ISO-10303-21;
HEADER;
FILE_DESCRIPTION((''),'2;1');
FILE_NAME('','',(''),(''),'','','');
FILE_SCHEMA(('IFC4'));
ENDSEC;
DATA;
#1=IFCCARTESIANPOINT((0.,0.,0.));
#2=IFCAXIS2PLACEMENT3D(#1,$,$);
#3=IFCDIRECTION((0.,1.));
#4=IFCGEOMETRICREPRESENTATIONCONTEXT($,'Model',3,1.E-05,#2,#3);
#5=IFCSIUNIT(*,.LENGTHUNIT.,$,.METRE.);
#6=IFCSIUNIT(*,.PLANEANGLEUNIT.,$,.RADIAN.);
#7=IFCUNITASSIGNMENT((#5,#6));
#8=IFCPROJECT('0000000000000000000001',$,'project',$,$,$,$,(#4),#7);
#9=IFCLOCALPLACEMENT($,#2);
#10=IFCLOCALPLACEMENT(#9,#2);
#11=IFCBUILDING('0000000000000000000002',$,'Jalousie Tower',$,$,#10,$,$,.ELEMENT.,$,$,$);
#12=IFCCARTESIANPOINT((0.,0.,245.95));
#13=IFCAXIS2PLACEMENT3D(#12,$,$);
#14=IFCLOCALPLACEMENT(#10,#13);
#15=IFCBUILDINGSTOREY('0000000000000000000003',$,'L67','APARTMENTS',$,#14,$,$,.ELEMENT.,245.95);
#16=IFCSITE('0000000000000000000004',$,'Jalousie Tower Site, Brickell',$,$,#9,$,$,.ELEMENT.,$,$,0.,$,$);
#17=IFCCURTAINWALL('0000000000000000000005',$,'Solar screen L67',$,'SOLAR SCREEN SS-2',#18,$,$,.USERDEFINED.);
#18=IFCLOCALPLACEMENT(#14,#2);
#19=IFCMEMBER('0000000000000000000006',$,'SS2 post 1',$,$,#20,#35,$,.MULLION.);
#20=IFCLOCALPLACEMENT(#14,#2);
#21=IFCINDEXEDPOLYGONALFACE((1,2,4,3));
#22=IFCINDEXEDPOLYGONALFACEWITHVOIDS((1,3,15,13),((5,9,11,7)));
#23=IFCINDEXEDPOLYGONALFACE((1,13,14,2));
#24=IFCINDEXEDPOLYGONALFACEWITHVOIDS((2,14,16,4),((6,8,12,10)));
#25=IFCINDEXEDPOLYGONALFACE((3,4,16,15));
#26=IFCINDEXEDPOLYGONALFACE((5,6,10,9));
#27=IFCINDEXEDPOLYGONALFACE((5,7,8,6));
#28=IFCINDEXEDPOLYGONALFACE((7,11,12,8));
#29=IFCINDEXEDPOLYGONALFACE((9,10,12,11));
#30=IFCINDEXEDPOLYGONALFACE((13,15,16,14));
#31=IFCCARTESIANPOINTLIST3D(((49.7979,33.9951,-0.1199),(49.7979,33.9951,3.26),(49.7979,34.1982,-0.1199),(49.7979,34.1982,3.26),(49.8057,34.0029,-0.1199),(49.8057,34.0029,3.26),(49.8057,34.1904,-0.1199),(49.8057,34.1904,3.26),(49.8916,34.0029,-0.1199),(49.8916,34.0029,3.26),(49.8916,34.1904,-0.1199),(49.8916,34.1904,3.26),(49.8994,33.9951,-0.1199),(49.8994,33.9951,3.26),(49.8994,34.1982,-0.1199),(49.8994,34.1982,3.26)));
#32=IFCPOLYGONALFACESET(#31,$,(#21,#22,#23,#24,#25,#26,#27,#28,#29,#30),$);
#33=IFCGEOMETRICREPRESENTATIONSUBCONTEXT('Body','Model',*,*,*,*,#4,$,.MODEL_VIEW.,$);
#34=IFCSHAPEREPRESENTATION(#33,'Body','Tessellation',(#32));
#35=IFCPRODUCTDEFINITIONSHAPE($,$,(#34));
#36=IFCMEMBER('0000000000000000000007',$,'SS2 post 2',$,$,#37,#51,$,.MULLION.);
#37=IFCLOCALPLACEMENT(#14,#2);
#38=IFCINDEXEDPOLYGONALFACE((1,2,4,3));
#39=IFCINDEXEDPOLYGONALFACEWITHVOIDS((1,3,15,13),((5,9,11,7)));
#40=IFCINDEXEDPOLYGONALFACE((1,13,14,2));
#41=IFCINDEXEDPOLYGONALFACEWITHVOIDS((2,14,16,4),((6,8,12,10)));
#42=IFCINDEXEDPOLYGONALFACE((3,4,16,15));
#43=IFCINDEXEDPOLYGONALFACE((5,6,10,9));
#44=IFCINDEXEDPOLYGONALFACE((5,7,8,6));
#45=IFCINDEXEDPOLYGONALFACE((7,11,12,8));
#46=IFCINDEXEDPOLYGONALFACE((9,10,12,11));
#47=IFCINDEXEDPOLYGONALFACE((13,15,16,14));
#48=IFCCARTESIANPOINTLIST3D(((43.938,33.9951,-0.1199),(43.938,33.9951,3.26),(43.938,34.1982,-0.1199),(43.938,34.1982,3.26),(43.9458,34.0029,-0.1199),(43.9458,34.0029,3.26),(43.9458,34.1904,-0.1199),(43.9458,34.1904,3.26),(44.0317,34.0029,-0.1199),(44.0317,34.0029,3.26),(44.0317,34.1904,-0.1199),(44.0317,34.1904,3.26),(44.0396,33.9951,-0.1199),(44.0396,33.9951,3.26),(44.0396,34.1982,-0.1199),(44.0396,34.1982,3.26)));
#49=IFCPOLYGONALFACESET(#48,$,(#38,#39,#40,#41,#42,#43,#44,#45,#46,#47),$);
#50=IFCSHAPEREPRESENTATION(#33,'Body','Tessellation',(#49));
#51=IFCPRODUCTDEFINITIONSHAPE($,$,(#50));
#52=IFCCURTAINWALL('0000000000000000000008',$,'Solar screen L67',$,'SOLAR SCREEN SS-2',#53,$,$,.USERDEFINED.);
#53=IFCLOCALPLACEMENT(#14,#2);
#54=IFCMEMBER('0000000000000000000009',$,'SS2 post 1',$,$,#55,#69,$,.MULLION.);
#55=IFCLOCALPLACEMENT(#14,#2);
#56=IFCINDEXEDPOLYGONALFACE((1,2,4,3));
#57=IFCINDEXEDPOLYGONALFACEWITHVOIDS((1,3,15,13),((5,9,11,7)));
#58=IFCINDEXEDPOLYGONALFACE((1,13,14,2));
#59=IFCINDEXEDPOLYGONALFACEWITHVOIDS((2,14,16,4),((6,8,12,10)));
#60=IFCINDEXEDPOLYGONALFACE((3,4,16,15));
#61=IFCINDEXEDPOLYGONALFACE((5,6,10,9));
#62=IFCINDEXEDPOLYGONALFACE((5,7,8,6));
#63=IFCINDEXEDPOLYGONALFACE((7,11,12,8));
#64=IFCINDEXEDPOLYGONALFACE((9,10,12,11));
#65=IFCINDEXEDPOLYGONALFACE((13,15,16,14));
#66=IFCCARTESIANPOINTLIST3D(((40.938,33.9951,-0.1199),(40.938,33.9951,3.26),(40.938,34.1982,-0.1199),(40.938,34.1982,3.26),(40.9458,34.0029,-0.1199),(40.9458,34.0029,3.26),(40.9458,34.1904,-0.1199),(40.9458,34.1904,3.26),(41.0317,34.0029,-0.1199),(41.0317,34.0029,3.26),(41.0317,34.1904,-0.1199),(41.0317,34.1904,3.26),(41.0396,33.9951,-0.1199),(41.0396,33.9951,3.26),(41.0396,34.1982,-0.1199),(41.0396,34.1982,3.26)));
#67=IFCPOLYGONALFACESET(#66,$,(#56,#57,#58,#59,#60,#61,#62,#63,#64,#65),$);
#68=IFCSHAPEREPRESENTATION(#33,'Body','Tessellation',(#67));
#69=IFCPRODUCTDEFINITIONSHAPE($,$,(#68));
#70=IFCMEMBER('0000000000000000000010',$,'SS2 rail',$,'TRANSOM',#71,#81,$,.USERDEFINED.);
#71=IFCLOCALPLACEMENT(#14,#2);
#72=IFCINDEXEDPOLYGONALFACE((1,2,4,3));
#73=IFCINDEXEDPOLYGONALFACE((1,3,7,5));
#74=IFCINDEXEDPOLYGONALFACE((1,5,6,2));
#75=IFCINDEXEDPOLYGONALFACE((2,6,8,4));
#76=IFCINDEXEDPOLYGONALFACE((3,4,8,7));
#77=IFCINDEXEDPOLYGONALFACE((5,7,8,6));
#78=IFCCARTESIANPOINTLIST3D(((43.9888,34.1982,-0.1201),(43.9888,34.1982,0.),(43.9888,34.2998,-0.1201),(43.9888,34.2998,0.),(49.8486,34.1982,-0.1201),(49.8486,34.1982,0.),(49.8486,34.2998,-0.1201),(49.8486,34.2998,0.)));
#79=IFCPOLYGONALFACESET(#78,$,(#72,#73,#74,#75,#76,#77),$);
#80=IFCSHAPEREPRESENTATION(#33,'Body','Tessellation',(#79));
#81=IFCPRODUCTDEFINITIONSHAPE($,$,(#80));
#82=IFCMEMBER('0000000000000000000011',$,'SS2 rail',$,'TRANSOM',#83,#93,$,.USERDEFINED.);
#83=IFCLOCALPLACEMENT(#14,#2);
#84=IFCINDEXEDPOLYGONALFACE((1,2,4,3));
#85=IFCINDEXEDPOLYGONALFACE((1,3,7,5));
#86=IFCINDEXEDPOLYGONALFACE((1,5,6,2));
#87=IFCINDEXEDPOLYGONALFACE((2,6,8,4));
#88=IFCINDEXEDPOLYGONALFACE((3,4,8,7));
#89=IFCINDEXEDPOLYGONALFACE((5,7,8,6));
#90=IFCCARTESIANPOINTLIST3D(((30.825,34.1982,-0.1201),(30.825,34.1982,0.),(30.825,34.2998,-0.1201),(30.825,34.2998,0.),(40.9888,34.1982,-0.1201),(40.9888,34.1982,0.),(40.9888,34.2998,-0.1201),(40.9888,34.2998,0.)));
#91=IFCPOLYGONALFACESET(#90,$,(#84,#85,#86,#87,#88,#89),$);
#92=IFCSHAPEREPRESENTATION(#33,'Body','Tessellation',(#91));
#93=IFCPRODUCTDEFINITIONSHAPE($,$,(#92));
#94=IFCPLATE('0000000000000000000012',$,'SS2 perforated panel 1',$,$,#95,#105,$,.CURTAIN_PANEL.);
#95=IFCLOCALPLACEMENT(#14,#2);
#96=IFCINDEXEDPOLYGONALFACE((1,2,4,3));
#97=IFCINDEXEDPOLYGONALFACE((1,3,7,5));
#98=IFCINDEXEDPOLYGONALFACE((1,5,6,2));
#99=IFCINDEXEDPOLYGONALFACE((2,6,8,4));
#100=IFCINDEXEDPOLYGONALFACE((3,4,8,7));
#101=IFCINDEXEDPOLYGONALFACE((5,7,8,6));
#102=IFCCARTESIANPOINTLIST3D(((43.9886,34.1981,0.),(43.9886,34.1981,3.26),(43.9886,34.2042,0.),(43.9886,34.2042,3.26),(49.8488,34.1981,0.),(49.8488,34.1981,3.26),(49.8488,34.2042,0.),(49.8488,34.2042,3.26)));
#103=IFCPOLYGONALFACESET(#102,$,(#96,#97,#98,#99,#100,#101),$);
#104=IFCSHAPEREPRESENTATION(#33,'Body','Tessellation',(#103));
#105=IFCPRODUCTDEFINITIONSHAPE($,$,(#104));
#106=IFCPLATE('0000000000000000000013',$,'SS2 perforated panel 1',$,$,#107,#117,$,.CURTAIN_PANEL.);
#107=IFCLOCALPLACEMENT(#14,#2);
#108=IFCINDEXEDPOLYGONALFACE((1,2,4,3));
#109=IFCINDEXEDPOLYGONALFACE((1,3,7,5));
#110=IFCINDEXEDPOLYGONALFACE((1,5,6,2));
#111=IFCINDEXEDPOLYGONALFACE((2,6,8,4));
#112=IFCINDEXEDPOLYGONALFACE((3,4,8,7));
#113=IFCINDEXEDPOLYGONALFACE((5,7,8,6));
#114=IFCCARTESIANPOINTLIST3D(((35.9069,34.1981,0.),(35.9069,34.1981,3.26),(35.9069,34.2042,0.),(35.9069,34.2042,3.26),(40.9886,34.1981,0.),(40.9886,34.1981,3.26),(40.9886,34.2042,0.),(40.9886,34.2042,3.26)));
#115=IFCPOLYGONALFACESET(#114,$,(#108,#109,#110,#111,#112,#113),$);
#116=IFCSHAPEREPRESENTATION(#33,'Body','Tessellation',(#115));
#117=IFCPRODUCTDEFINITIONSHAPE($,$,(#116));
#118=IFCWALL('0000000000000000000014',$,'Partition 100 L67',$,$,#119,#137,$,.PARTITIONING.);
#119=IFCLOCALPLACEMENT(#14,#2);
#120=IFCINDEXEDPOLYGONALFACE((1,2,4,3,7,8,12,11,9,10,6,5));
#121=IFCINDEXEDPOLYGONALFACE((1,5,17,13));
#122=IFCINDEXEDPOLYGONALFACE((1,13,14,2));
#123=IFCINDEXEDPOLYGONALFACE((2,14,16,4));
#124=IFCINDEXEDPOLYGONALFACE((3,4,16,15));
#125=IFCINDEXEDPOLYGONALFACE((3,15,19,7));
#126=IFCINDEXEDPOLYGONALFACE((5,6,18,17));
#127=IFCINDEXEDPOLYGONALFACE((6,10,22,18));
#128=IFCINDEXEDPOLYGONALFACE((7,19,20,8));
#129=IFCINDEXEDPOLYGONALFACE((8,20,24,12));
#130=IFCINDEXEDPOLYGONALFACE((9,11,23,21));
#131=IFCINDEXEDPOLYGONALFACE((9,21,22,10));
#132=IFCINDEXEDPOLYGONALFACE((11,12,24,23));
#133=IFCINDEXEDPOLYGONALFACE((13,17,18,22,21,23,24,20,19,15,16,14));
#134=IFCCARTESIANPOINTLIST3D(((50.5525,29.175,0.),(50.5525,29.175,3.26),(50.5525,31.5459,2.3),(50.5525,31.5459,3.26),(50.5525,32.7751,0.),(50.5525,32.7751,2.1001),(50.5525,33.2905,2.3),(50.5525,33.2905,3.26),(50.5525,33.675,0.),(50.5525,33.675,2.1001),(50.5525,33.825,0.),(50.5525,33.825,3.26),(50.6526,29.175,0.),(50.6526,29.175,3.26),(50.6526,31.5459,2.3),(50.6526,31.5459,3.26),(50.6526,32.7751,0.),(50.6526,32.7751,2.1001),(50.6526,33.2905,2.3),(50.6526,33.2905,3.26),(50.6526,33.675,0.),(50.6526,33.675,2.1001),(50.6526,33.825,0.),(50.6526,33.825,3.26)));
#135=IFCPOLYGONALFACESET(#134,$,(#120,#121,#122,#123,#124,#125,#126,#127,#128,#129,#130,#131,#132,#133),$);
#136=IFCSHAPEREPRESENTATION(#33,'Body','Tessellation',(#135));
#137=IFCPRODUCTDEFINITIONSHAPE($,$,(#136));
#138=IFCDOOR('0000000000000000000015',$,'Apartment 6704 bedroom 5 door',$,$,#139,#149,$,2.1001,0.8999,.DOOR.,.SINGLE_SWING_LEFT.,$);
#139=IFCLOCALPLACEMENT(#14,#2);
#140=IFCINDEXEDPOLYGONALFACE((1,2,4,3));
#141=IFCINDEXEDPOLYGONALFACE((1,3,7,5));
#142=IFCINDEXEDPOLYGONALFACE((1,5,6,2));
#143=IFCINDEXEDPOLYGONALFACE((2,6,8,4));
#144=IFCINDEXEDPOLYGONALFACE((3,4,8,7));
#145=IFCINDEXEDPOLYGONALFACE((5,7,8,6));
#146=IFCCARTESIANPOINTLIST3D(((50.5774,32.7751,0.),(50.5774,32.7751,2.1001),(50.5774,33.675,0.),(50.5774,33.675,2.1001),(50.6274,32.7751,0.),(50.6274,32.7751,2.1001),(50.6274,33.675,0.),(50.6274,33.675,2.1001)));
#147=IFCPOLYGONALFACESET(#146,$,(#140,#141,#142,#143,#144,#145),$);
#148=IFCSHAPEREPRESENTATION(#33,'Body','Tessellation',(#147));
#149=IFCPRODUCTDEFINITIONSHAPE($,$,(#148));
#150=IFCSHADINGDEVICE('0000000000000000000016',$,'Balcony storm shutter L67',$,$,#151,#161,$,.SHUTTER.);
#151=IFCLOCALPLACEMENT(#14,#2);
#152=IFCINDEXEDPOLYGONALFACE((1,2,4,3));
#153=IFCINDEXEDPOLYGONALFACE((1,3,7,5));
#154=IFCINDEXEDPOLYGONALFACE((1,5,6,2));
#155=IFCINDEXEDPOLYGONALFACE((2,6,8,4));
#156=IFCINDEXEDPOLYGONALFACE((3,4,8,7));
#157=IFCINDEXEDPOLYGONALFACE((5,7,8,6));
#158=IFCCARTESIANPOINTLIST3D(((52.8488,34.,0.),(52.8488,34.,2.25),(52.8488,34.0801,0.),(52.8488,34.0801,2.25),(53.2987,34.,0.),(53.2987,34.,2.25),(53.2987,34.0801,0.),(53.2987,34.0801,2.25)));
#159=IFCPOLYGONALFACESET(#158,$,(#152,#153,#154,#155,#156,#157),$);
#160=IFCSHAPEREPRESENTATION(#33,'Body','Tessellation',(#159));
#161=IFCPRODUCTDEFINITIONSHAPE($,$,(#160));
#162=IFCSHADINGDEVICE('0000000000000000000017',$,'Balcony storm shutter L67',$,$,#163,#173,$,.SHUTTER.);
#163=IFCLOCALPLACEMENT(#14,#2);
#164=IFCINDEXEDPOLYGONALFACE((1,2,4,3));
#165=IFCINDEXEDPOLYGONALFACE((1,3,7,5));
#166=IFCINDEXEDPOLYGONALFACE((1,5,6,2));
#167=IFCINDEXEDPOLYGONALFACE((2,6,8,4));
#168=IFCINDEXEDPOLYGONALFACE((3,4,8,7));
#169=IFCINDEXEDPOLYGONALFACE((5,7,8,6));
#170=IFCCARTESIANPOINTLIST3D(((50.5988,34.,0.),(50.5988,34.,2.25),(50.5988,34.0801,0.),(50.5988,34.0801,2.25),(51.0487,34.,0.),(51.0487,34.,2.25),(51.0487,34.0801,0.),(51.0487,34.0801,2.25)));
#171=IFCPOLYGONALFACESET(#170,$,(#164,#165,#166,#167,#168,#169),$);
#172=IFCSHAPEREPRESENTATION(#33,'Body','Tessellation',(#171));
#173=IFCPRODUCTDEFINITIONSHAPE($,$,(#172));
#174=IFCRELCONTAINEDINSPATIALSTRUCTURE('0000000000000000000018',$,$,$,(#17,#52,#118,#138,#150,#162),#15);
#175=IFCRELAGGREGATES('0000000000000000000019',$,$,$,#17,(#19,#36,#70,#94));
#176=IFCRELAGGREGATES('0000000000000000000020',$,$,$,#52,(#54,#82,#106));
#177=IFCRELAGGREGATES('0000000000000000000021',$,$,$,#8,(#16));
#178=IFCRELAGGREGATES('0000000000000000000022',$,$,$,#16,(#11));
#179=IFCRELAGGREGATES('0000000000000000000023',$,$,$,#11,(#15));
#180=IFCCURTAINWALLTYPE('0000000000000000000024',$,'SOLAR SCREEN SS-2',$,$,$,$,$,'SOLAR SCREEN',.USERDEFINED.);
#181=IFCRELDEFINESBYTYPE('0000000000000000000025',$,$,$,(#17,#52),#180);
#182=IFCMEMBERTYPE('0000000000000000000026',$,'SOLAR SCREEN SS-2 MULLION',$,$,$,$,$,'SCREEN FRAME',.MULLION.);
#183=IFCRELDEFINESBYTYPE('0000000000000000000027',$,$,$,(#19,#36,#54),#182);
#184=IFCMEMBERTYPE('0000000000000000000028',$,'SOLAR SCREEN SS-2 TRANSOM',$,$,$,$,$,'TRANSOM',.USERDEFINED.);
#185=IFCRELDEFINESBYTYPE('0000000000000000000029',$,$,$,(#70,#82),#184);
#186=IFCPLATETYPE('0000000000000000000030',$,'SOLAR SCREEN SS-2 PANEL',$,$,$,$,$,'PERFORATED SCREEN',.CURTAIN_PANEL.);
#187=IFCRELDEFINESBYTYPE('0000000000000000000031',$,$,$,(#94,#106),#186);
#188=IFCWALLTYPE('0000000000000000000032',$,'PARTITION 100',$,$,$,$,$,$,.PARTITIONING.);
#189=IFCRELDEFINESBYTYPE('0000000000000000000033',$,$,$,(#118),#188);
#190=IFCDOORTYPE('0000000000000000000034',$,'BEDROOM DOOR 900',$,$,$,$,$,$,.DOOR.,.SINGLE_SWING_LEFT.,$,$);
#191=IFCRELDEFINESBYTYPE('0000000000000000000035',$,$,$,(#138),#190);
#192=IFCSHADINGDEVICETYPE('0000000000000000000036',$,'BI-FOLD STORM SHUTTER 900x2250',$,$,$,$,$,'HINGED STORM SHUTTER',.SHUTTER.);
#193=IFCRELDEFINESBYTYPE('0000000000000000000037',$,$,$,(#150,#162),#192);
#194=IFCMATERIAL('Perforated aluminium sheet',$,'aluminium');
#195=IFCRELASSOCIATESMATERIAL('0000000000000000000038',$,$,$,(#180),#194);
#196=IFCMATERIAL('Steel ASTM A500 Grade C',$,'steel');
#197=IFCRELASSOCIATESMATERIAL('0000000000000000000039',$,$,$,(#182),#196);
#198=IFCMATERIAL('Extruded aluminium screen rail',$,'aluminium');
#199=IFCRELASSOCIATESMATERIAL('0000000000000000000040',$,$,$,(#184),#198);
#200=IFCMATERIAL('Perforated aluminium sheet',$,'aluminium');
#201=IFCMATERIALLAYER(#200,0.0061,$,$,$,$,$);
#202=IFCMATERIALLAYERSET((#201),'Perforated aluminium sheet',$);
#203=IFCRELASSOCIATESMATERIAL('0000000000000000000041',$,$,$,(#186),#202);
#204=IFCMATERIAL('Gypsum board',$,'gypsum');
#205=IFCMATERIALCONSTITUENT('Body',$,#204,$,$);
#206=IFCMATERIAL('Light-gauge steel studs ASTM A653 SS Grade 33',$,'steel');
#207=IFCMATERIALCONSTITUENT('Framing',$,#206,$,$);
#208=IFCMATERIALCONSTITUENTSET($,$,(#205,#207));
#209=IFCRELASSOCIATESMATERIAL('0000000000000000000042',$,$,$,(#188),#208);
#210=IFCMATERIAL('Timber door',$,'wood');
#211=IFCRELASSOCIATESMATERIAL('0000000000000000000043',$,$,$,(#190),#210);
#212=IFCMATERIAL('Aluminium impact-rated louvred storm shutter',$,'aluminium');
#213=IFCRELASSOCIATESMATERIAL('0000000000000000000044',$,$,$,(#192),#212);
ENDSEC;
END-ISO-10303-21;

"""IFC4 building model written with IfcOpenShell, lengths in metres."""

from ifc_helpers import new_model, si_unit, direction, frame, frame_2d, origin, origin_2d, place, context, subcontext, project, spatial, polyline, rectangle, hollow_rectangle, outline, extrude, material, layer, layer_set, constituent, constituent_set, material_profile, profile_set, type_object, element, fill, aggregate, save


model = new_model("IFC4")

# Units and contexts
model_context = context("Model", 3, precision=1e-05, world=origin(), true_north=direction((0.0, 1.0)))
body_context = subcontext(model_context, "Body", "Model", "MODEL_VIEW")
ifc_project = project(units=[si_unit("LENGTHUNIT", "METRE"), si_unit("PLANEANGLEUNIT", "RADIAN")], contexts=[model_context])

# Site, building, storey
site_placement = place(None, origin())
site = spatial("IfcSite", under=ifc_project, at=site_placement, Name="Jalousie Tower Site, Brickell", CompositionType="ELEMENT", RefElevation=0.0)
building_placement = place(site_placement, origin())
building = spatial("IfcBuilding", under=site, at=building_placement, Name="Jalousie Tower", CompositionType="ELEMENT")
storey_placement = place(building_placement, frame((0.0, 0.0, 245.95)))
storey = spatial("IfcBuildingStorey", under=building, at=storey_placement, Name="L67", Description="APARTMENTS", CompositionType="ELEMENT", Elevation=245.95)

# Curtain wall, members
ifc_material_1 = material(Name="Perforated aluminium sheet", Category="aluminium")
curtain_wall_type = type_object("IfcCurtainWallType", Name="SOLAR SCREEN SS-2", ElementType="SOLAR SCREEN", PredefinedType="USERDEFINED", material=ifc_material_1)
curtain_wall_1_placement = place(storey_placement, origin())
curtain_wall_1 = element("IfcCurtainWall", 1, at=curtain_wall_1_placement, inside=storey, type_object=curtain_wall_type, Name="Solar screen L67", ObjectType="SOLAR SCREEN SS-2", PredefinedType="USERDEFINED")
ifc_material_2 = material(Name="Steel ASTM A500 Grade C", Category="steel")
ifc_material_profile_1 = material_profile(ifc_material_2, hollow_rectangle(XDim=0.1016, YDim=0.2031, WallThickness=0.0078, at=origin_2d()), Name="HSS8X4X5/16")
ifc_profile_set_1 = profile_set([ifc_material_profile_1], Name="Steel ASTM A500 Grade C")
member_type_1 = type_object("IfcMemberType", Name="SOLAR SCREEN SS-2 MULLION", ElementType="SCREEN FRAME", PredefinedType="MULLION", material=ifc_profile_set_1)
member_1_placement = place(storey_placement, frame((49.8486, 34.0967, -0.1199), z_axis=(0.0, 0.0, 1.0), x_axis=(-1.0, 0.0, 0.0)))
member_1 = element("IfcMember", 2, at=member_1_placement, type_object=member_type_1, Name="SS2 post 1", PredefinedType="MULLION", context=body_context, shape_type="SweptSolid", body=[
    extrude(hollow_rectangle(XDim=0.1016, YDim=0.2031, WallThickness=0.0078, at=origin_2d()), origin(), (0.0, 0.0, 1.0), 3.3799),
])
member_2_placement = place(storey_placement, frame((43.9888, 34.0967, -0.1199), z_axis=(0.0, 0.0, 1.0), x_axis=(-1.0, 0.0, 0.0)))
member_2 = element("IfcMember", 3, at=member_2_placement, type_object=member_type_1, Name="SS2 post 2", PredefinedType="MULLION", context=body_context, shape_type="SweptSolid", body=[
    extrude(hollow_rectangle(XDim=0.1016, YDim=0.2031, WallThickness=0.0078, at=origin_2d()), origin(), (0.0, 0.0, 1.0), 3.3799),
])

# Curtain wall, member
curtain_wall_2_placement = place(storey_placement, origin())
curtain_wall_2 = element("IfcCurtainWall", 4, at=curtain_wall_2_placement, inside=storey, type_object=curtain_wall_type, Name="Solar screen L67", ObjectType="SOLAR SCREEN SS-2", PredefinedType="USERDEFINED")
member_3_placement = place(storey_placement, frame((40.9888, 34.0967, -0.1199), z_axis=(0.0, 0.0, 1.0), x_axis=(-1.0, 0.0, 0.0)))
member_3 = element("IfcMember", 5, at=member_3_placement, type_object=member_type_1, Name="SS2 post 1", PredefinedType="MULLION", context=body_context, shape_type="SweptSolid", body=[
    extrude(hollow_rectangle(XDim=0.1016, YDim=0.2031, WallThickness=0.0078, at=origin_2d()), origin(), (0.0, 0.0, 1.0), 3.3799),
])

# Members
ifc_material_3 = material(Name="Extruded aluminium screen rail", Category="aluminium")
ifc_material_profile_2 = material_profile(ifc_material_3, rectangle(XDim=0.1016, YDim=0.1201, at=origin_2d()), Name="RAIL 102x120")
ifc_profile_set_2 = profile_set([ifc_material_profile_2], Name="Extruded aluminium screen rail")
member_type_2 = type_object("IfcMemberType", Name="SOLAR SCREEN SS-2 TRANSOM", ElementType="TRANSOM", PredefinedType="USERDEFINED", material=ifc_profile_set_2)
member_4_placement = place(storey_placement, frame((49.8486, 34.249, -0.0601), z_axis=(-1.0, 0.0, 0.0), x_axis=(0.0, -1.0, 0.0)))
member_4 = element("IfcMember", 6, at=member_4_placement, type_object=member_type_2, Name="SS2 rail", ObjectType="TRANSOM", PredefinedType="USERDEFINED", context=body_context, shape_type="SweptSolid", body=[
    extrude(rectangle(XDim=0.1016, YDim=0.1201, at=origin_2d()), origin(), (0.0, 0.0, 1.0), 5.8599),
])
member_5_placement = place(storey_placement, frame((40.9888, 34.249, -0.0601), z_axis=(-1.0, 0.0, 0.0), x_axis=(0.0, -1.0, 0.0)))
member_5 = element("IfcMember", 7, at=member_5_placement, type_object=member_type_2, Name="SS2 rail", ObjectType="TRANSOM", PredefinedType="USERDEFINED", context=body_context, shape_type="SweptSolid", body=[
    extrude(rectangle(XDim=0.1016, YDim=0.1201, at=origin_2d()), origin(), (0.0, 0.0, 1.0), 10.1638),
])

# Plates
ifc_material_4 = material(Name="Perforated aluminium sheet", Category="aluminium")
ifc_layer_1 = layer(ifc_material_4, 0.0061)
ifc_layer_set_1 = layer_set([ifc_layer_1], Name="Perforated aluminium sheet")
plate_type = type_object("IfcPlateType", Name="SOLAR SCREEN SS-2 PANEL", ElementType="PERFORATED SCREEN", PredefinedType="CURTAIN_PANEL", material=ifc_layer_set_1)
plate_1_placement = place(storey_placement, frame((46.9187, 34.2012, 0.0), z_axis=(0.0, 0.0, 1.0), x_axis=(-1.0, 0.0, 0.0)))
plate_1 = element("IfcPlate", 8, at=plate_1_placement, type_object=plate_type, Name="SS2 perforated panel 1", PredefinedType="CURTAIN_PANEL", context=body_context, shape_type="SweptSolid", body=[
    extrude(rectangle(XDim=5.8601, YDim=0.0061, at=origin_2d()), origin(), (0.0, 0.0, 1.0), 3.26),
])
aggregate(curtain_wall_1, [member_1, member_2, member_4, plate_1])
plate_2_placement = place(storey_placement, frame((38.4478, 34.2012, 0.0), z_axis=(0.0, 0.0, 1.0), x_axis=(-1.0, 0.0, 0.0)))
plate_2 = element("IfcPlate", 9, at=plate_2_placement, type_object=plate_type, Name="SS2 perforated panel 1", PredefinedType="CURTAIN_PANEL", context=body_context, shape_type="SweptSolid", body=[
    extrude(rectangle(XDim=5.0818, YDim=0.0061, at=origin_2d()), origin(), (0.0, 0.0, 1.0), 3.26),
])
aggregate(curtain_wall_2, [member_3, member_5, plate_2])

# Wall, opening, door
ifc_material_5 = material(Name="Gypsum board", Category="gypsum")
ifc_constituent_1 = constituent(ifc_material_5, Name="Body")
ifc_material_6 = material(Name="Light-gauge steel studs ASTM A653 SS Grade 33", Category="steel")
ifc_constituent_2 = constituent(ifc_material_6, Name="Framing")
ifc_constituent_set = constituent_set(constituents=[ifc_constituent_1, ifc_constituent_2])
wall_type = type_object("IfcWallType", Name="PARTITION 100", PredefinedType="PARTITIONING", material=ifc_constituent_set)
wall_placement = place(storey_placement, frame((50.6025, 33.825, 0.0), z_axis=(0.0, 0.0, 1.0), x_axis=(0.0, -1.0, 0.0)))
wall = element("IfcWall", 10, at=wall_placement, inside=storey, type_object=wall_type, Name="Partition 100 L67", PredefinedType="PARTITIONING", context=body_context, shape_type="SweptSolid", body=[
    extrude(outline(polyline([(0.0, 0.0), (4.6499, 0.0), (4.6499, 3.26), (2.2791, 3.26), (2.2791, 2.3), (0.5344, 2.3), (0.5344, 3.26), (0.0, 3.26), (0.0, 0.0)])), frame((0.0, 0.05, 0.0), z_axis=(0.0, -1.0, 0.0), x_axis=(1.0, 0.0, 0.0)), (0.0, 0.0, 1.0), 0.1001),
])
opening_placement = place(wall_placement, frame((0.1499, 0.0, 0.0)))
opening = element("IfcOpeningElement", 11, at=opening_placement, cuts=wall, PredefinedType="OPENING", context=body_context, shape_type="SweptSolid", body=[
    extrude(rectangle(XDim=0.8999, YDim=2.1001, at=frame_2d((0.45, 1.05))), frame((0.0, 0.0601, 0.0), z_axis=(0.0, -1.0, 0.0), x_axis=(1.0, 0.0, 0.0)), (0.0, 0.0, 1.0), 0.1201),
])
ifc_material_7 = material(Name="Timber door", Category="wood")
door_type = type_object("IfcDoorType", Name="BEDROOM DOOR 900", OperationType="SINGLE_SWING_LEFT", PredefinedType="DOOR", material=ifc_material_7)
door_placement = place(opening_placement, origin())
door = element("IfcDoor", 12, at=door_placement, inside=storey, type_object=door_type, Name="Apartment 6704 bedroom 5 door", OperationType="SINGLE_SWING_LEFT", OverallHeight=2.1001, OverallWidth=0.8999, PredefinedType="DOOR", context=body_context, shape_type="SweptSolid", body=[
    extrude(rectangle(XDim=0.8999, YDim=2.1001, at=frame_2d((0.45, 1.05))), frame((0.0, 0.0249, 0.0), z_axis=(0.0, -1.0, 0.0), x_axis=(1.0, 0.0, 0.0)), (0.0, 0.0, 1.0), 0.05),
])
fill(opening, door)

# Shading devices
ifc_material_8 = material(Name="Aluminium impact-rated louvred storm shutter", Category="aluminium")
shading_device_type_1 = type_object("IfcShadingDeviceType", Name="BI-FOLD STORM SHUTTER 900x2250", ElementType="HINGED STORM SHUTTER", PredefinedType="SHUTTER", material=ifc_material_8)
for number, where, z_axis, x_axis, name in (
    (13, (53.0737, 34.04, 0.0), (0.0, 0.0, 1.0), (-1.0, 0.0, 0.0), "Balcony storm shutter L67"),
    (14, (50.8237, 34.04, 0.0), (0.0, 0.0, 1.0), (-1.0, 0.0, 0.0), "Balcony storm shutter L67"),
):
    element("IfcShadingDevice", number, at=place(storey_placement, frame(where, z_axis=z_axis, x_axis=x_axis)), inside=storey, type_object=shading_device_type_1, Name=name, PredefinedType="SHUTTER", context=body_context, shape_type="SweptSolid", body=[
        extrude(rectangle(XDim=0.45, YDim=0.0801, at=origin_2d()), origin(), (0.0, 0.0, 1.0), 2.25),
    ])

save(model, "model.ifc")
